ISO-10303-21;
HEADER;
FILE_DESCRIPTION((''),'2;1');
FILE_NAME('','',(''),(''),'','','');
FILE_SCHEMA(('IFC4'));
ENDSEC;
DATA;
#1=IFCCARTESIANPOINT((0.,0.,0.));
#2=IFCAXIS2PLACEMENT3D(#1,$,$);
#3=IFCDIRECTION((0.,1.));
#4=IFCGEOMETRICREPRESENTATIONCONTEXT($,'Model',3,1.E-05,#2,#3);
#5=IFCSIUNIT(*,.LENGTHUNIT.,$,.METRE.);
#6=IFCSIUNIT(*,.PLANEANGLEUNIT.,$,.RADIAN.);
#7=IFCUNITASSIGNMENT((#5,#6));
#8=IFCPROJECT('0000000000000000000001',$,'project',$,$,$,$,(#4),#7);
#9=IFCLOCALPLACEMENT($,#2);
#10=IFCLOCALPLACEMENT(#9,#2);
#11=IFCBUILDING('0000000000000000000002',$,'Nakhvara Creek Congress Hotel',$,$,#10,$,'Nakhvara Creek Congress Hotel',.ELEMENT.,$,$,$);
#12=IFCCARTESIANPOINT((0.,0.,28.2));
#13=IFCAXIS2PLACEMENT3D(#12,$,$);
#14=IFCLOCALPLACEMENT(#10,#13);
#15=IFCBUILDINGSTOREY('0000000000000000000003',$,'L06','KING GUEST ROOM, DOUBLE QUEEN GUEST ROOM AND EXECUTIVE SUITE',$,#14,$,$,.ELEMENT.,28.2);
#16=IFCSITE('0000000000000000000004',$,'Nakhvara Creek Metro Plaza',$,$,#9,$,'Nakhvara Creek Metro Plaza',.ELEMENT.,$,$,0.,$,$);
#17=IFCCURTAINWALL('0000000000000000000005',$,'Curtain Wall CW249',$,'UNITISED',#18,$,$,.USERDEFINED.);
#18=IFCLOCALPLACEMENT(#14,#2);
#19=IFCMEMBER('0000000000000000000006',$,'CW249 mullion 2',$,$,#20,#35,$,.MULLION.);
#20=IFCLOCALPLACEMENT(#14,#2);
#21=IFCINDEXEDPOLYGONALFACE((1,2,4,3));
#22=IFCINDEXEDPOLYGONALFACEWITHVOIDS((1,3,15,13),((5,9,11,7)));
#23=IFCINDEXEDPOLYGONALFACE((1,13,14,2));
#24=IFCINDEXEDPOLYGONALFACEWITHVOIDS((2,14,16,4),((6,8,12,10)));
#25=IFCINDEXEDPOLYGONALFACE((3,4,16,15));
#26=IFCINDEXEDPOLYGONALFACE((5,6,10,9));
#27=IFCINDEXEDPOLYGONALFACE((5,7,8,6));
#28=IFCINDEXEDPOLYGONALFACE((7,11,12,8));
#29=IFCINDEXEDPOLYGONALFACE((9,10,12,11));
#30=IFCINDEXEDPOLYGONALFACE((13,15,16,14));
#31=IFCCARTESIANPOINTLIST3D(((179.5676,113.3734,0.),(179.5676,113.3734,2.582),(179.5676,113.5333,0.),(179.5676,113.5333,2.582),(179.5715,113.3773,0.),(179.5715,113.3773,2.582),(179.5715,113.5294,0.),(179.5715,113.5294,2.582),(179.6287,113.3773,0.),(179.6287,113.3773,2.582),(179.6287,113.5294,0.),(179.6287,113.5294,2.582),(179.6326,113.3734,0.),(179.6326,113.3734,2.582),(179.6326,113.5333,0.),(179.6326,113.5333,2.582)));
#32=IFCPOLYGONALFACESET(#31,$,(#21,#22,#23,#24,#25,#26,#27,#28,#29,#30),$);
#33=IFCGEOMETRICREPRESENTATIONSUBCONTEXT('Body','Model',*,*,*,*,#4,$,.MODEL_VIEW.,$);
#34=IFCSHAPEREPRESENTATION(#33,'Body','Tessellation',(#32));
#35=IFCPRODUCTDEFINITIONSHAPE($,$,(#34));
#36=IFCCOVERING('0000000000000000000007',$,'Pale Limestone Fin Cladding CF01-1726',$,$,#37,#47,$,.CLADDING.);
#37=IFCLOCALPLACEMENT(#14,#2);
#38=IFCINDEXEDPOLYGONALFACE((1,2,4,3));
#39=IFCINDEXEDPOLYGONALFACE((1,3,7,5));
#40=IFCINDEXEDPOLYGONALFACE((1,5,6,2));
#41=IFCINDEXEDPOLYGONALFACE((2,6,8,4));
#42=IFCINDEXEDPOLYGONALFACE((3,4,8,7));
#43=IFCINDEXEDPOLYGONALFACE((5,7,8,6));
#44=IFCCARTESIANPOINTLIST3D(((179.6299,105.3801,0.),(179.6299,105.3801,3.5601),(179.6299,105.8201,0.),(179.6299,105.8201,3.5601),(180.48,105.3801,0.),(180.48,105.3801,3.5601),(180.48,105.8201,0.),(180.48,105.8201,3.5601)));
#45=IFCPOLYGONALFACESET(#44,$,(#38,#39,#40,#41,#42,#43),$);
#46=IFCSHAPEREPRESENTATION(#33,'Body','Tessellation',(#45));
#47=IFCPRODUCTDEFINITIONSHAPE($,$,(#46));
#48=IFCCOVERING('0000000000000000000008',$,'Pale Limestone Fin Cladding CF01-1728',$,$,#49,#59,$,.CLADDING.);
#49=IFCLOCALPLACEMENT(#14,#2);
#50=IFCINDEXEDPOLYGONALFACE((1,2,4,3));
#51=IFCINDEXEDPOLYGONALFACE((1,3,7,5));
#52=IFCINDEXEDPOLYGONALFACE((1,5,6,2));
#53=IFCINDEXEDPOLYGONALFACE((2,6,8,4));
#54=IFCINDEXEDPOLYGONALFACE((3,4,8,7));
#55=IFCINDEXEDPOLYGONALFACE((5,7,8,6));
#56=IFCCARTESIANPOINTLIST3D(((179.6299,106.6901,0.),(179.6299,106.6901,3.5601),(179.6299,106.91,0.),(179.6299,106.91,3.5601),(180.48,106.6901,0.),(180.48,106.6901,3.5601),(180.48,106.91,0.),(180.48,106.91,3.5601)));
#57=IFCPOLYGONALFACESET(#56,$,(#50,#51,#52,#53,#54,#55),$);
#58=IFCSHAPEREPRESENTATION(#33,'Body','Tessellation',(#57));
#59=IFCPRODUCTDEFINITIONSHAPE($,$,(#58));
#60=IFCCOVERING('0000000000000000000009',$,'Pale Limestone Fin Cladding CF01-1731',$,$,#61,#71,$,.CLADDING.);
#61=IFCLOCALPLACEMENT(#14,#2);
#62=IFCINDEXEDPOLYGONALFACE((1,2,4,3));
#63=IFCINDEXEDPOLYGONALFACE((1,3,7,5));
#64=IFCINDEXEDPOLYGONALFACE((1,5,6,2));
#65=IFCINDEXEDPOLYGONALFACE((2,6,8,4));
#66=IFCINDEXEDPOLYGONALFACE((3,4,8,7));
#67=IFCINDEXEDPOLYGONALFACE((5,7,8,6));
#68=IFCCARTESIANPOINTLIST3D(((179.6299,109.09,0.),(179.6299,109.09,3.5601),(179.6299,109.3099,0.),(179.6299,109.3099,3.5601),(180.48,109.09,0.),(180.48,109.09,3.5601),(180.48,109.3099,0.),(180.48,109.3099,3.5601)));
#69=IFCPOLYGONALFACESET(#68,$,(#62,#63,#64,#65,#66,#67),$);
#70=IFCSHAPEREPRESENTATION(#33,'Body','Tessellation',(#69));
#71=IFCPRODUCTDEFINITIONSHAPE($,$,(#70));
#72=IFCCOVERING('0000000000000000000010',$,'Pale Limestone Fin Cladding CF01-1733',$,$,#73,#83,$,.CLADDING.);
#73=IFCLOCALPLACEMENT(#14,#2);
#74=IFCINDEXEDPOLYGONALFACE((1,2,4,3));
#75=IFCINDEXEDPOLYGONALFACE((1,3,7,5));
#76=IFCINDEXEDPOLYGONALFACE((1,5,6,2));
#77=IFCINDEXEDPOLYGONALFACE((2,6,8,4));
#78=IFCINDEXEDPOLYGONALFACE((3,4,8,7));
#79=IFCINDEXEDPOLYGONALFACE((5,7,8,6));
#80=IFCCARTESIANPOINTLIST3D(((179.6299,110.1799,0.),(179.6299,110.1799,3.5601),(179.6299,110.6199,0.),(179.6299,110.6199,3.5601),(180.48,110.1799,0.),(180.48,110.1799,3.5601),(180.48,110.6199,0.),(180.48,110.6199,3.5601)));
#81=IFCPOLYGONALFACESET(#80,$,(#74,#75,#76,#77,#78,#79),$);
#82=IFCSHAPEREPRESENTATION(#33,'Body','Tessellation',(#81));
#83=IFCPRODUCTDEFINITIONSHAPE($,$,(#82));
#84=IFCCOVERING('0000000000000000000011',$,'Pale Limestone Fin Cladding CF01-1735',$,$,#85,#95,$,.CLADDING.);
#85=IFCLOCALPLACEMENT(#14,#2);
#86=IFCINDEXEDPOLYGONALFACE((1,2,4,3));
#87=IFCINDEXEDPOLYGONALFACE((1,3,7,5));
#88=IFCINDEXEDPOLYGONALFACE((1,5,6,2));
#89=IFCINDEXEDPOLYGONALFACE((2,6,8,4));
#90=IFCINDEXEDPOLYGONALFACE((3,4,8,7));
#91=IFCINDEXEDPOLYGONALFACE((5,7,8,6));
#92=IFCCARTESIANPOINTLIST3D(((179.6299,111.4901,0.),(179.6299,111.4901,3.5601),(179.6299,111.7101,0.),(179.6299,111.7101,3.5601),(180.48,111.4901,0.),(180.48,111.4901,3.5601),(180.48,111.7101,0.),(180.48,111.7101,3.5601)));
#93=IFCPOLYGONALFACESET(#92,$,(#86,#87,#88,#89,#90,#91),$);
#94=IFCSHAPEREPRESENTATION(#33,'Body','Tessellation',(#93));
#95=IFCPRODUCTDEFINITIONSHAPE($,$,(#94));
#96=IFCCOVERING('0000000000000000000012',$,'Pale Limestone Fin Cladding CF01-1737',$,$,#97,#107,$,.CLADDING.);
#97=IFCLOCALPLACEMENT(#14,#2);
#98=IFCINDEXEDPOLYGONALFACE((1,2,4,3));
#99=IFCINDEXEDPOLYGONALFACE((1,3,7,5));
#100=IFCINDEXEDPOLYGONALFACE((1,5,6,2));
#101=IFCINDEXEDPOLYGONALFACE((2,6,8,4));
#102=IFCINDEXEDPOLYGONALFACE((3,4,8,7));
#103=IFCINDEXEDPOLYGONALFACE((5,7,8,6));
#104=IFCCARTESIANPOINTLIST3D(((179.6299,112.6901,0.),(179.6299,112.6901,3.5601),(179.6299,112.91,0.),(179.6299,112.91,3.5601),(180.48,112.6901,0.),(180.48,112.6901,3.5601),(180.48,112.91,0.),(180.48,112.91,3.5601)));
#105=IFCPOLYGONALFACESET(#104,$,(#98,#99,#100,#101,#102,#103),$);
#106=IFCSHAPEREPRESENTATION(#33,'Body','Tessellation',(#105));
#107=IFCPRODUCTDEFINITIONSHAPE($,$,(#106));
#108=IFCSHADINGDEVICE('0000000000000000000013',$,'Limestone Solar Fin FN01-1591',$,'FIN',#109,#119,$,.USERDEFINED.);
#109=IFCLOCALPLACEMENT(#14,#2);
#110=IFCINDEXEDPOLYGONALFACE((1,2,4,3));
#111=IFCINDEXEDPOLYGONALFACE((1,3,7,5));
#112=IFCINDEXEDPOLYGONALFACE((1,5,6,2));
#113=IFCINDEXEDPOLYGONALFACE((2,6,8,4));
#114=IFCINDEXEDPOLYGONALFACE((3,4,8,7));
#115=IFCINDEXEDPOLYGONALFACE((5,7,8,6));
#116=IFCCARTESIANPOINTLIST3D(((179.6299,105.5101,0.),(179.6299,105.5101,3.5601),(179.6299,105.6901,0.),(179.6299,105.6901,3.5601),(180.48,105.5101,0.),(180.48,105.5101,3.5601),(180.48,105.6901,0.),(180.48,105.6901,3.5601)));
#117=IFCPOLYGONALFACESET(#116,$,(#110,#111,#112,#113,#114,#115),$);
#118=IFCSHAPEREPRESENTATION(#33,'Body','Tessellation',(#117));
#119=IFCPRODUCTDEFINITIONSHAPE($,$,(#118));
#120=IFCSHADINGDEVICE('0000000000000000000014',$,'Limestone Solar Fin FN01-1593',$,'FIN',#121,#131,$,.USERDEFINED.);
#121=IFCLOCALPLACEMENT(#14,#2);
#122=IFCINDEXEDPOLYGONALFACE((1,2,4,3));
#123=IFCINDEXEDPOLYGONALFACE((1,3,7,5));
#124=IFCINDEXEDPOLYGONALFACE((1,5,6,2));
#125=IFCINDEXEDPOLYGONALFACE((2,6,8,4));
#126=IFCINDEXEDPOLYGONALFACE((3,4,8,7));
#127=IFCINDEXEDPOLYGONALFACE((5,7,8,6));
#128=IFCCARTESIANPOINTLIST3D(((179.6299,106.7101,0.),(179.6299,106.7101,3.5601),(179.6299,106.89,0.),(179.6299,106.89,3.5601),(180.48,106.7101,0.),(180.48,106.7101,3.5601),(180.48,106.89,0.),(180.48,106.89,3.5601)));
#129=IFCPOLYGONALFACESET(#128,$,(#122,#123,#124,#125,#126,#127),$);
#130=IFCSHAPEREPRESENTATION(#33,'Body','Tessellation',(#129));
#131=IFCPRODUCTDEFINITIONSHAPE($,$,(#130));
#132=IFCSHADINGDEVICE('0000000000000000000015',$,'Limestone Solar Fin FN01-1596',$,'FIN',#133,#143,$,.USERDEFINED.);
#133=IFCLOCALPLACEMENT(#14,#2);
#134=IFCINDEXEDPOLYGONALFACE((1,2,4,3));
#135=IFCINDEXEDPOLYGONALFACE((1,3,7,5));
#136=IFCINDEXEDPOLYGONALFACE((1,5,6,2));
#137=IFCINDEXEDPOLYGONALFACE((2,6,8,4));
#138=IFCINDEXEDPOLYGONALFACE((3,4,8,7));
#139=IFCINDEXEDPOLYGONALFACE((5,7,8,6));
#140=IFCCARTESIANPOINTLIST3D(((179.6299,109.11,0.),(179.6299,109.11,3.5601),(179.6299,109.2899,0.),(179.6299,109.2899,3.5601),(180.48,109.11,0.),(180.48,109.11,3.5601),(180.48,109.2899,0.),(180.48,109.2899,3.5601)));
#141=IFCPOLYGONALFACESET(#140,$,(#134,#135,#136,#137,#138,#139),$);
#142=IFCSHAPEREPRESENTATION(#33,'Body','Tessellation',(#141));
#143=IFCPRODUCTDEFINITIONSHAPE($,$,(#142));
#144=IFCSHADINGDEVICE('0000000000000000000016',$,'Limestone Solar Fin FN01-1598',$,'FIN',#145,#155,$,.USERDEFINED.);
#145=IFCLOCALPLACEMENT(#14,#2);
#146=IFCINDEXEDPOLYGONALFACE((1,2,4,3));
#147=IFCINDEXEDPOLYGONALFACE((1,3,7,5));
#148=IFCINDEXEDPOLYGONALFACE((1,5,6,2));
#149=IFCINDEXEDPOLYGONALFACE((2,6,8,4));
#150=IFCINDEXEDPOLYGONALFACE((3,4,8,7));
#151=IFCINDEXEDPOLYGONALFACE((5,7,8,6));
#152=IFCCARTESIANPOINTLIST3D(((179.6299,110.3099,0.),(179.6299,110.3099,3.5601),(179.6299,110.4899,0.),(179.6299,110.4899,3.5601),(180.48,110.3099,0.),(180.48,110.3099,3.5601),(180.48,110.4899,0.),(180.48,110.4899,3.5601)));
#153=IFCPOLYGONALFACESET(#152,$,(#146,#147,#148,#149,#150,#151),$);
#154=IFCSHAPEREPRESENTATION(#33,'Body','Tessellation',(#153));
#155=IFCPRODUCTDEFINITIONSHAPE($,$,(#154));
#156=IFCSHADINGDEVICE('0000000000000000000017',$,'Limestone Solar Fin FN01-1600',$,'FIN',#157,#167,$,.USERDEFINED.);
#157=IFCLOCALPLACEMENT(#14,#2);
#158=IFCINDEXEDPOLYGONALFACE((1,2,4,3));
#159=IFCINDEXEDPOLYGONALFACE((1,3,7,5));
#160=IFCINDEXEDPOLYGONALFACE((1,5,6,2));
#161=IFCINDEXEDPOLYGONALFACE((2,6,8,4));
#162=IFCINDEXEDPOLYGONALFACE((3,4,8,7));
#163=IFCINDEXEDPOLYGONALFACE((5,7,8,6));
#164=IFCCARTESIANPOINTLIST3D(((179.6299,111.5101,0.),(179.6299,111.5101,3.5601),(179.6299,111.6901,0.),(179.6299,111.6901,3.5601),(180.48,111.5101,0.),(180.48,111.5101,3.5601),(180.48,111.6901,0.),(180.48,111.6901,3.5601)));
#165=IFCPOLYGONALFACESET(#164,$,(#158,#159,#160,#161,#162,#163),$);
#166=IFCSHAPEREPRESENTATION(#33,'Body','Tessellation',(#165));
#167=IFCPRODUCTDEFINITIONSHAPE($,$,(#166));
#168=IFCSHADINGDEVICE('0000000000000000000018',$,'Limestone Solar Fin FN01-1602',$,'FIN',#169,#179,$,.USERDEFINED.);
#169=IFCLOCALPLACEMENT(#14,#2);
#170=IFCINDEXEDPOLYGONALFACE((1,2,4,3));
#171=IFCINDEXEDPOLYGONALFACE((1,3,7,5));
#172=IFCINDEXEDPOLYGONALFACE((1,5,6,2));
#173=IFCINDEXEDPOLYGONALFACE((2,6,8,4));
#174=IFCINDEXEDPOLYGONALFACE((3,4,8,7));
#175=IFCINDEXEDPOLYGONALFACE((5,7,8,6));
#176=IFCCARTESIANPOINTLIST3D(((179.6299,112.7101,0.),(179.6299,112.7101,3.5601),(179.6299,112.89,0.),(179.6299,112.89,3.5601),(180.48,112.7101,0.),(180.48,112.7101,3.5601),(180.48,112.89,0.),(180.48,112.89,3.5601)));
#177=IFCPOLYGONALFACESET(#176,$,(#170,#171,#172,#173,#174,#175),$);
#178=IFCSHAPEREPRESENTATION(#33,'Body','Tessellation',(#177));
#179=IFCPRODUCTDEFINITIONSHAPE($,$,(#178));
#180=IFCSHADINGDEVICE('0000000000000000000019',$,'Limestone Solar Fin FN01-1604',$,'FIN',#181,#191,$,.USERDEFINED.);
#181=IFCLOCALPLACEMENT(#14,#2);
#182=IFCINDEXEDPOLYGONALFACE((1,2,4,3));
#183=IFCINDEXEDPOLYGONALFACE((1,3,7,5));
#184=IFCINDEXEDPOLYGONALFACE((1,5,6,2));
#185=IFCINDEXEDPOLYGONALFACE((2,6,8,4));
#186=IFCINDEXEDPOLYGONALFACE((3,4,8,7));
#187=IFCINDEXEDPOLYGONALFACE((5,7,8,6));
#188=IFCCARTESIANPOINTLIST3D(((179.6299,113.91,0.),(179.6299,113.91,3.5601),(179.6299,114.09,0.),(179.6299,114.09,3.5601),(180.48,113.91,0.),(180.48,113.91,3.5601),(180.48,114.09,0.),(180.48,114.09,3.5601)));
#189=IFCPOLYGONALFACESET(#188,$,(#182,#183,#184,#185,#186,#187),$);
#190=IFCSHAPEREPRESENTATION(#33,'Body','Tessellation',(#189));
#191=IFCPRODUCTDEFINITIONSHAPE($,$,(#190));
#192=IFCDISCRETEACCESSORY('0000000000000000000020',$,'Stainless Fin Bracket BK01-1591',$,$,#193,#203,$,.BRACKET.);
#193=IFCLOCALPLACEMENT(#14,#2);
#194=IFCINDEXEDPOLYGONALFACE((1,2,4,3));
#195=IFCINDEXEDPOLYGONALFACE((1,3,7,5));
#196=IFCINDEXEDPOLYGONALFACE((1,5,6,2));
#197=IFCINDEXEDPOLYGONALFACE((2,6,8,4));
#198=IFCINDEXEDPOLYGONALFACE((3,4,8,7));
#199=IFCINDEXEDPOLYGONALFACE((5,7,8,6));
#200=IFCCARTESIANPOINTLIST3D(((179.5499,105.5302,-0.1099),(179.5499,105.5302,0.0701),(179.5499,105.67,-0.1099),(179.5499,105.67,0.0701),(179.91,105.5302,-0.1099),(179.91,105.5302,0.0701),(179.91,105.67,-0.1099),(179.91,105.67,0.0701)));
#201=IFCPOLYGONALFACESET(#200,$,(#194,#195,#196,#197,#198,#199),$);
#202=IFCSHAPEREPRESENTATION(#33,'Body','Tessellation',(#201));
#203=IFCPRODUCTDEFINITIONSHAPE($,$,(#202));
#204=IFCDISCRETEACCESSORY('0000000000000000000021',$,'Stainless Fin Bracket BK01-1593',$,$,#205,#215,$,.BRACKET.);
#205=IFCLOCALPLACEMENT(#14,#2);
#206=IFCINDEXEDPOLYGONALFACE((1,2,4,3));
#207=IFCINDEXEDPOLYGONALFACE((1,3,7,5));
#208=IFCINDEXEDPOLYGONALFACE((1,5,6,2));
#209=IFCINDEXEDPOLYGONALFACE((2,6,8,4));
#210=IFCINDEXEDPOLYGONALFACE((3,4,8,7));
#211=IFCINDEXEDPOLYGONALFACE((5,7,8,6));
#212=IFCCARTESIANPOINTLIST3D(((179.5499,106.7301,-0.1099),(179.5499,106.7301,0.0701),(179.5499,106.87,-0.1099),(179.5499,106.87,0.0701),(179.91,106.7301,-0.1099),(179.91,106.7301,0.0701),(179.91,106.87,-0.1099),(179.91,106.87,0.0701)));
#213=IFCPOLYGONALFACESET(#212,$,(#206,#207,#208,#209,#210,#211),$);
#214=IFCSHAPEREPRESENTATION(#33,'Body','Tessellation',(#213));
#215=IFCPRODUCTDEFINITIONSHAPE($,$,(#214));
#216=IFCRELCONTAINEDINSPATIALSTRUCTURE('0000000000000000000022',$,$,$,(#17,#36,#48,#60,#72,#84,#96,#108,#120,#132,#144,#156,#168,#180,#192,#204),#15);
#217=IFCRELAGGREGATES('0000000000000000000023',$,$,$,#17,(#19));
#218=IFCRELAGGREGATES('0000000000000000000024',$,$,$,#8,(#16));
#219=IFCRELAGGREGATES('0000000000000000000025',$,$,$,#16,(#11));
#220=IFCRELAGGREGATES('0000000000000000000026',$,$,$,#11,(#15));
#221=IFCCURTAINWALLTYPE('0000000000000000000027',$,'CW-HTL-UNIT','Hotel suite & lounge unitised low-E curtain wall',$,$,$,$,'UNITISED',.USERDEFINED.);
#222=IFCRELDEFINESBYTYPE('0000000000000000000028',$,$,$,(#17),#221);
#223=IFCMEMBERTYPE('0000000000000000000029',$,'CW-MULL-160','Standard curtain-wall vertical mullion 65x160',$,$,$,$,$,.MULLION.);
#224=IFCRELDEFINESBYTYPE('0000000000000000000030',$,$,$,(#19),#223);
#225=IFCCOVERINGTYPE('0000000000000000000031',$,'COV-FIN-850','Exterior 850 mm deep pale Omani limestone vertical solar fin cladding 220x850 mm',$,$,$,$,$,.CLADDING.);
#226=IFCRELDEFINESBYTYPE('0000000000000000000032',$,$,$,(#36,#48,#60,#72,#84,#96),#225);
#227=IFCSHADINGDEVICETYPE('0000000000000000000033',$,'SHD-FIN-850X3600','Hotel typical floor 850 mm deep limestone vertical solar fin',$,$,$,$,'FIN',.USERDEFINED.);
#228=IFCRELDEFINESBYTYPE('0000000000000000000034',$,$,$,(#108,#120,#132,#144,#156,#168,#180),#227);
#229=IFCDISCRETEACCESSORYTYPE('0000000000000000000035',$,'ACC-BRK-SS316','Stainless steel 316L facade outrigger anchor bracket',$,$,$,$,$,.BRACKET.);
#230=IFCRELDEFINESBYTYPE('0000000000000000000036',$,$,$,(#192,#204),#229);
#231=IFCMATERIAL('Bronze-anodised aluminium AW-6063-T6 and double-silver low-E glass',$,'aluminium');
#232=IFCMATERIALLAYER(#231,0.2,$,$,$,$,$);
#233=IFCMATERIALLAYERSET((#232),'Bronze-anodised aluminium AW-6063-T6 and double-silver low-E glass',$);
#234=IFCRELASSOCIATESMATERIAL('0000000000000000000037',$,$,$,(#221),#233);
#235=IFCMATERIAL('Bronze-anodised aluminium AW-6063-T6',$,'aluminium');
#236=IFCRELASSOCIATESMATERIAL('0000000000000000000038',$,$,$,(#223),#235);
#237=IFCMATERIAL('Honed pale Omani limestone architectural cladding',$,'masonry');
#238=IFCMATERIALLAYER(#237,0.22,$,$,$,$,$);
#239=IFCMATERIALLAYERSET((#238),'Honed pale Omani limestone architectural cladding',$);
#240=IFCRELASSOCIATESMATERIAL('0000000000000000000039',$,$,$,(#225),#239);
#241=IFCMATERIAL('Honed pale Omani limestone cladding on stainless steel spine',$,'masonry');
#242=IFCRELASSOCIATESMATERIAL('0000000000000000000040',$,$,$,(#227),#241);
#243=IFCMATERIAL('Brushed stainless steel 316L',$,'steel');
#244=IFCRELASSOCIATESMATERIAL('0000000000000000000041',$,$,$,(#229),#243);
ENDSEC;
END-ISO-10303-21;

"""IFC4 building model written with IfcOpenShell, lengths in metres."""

from ifc_helpers import new_model, si_unit, direction, frame, origin, origin_2d, place, context, subcontext, project, spatial, rectangle, hollow_rectangle, extrude, material, layer, layer_set, material_profile, profile_set, type_object, element, aggregate, save


model = new_model("IFC4")

# Units and contexts
model_context = context("Model", 3, precision=1e-05, world=origin(), true_north=direction((0.0, 1.0)))
body_context = subcontext(model_context, "Body", "Model", "MODEL_VIEW")
ifc_project = project(units=[si_unit("LENGTHUNIT", "METRE"), si_unit("PLANEANGLEUNIT", "RADIAN")], contexts=[model_context])

# Site, building, storey
site_placement = place(None, origin())
site = spatial("IfcSite", under=ifc_project, at=site_placement, Name="Nakhvara Creek Metro Plaza", LongName="Nakhvara Creek Metro Plaza", CompositionType="ELEMENT", RefElevation=0.0)
building_placement = place(site_placement, origin())
building = spatial("IfcBuilding", under=site, at=building_placement, Name="Nakhvara Creek Congress Hotel", LongName="Nakhvara Creek Congress Hotel", CompositionType="ELEMENT")
storey_placement = place(building_placement, frame((0.0, 0.0, 28.2)))
storey = spatial("IfcBuildingStorey", under=building, at=storey_placement, Name="L06", Description="KING GUEST ROOM, DOUBLE QUEEN GUEST ROOM AND EXECUTIVE SUITE", CompositionType="ELEMENT", Elevation=28.2)

# Curtain wall, member
ifc_material_1 = material(Name="Bronze-anodised aluminium AW-6063-T6 and double-silver low-E glass", Category="aluminium")
ifc_layer_1 = layer(ifc_material_1, 0.2)
ifc_layer_set_1 = layer_set([ifc_layer_1], Name="Bronze-anodised aluminium AW-6063-T6 and double-silver low-E glass")
curtain_wall_type = type_object("IfcCurtainWallType", Name="CW-HTL-UNIT", Description="Hotel suite & lounge unitised low-E curtain wall", ElementType="UNITISED", PredefinedType="USERDEFINED", material=ifc_layer_set_1)
curtain_wall_placement = place(storey_placement, origin())
curtain_wall = element("IfcCurtainWall", 1, at=curtain_wall_placement, inside=storey, type_object=curtain_wall_type, Name="Curtain Wall CW249", ObjectType="UNITISED", PredefinedType="USERDEFINED")
ifc_material_2 = material(Name="Bronze-anodised aluminium AW-6063-T6", Category="aluminium")
ifc_material_profile = material_profile(ifc_material_2, hollow_rectangle(XDim=0.0649, YDim=0.1599, WallThickness=0.0039, at=origin_2d()), Name="ALU-MULL 65x160x4", Category="LoadBearing")
ifc_profile_set = profile_set([ifc_material_profile], Name="Bronze-anodised aluminium AW-6063-T6")
member_type = type_object("IfcMemberType", Name="CW-MULL-160", Description="Standard curtain-wall vertical mullion 65x160", PredefinedType="MULLION", material=ifc_profile_set)
member_placement = place(storey_placement, frame((179.6001, 113.4534, 0.0), z_axis=(0.0, 0.0, 1.0), x_axis=(1.0, 0.0, 0.0)))
member = element("IfcMember", 2, at=member_placement, type_object=member_type, Name="CW249 mullion 2", PredefinedType="MULLION", context=body_context, shape_type="SweptSolid", body=[
    extrude(hollow_rectangle(XDim=0.0649, YDim=0.1599, WallThickness=0.0039, at=origin_2d()), origin(), (0.0, 0.0, 1.0), 2.582),
])
aggregate(curtain_wall, [member])

# Coverings
ifc_material_3 = material(Name="Honed pale Omani limestone architectural cladding", Category="masonry")
ifc_layer_2 = layer(ifc_material_3, 0.22)
ifc_layer_set_2 = layer_set([ifc_layer_2], Name="Honed pale Omani limestone architectural cladding")
covering_type = type_object("IfcCoveringType", Name="COV-FIN-850", Description="Exterior 850 mm deep pale Omani limestone vertical solar fin cladding 220x850 mm", PredefinedType="CLADDING", material=ifc_layer_set_2)
covering_1_placement = place(storey_placement, frame((180.0549, 105.6001, 0.0), z_axis=(0.0, 0.0, 1.0), x_axis=(0.0, 1.0, 0.0)))
element("IfcCovering", 3, at=covering_1_placement, inside=storey, type_object=covering_type, Name="Pale Limestone Fin Cladding CF01-1726", PredefinedType="CLADDING", context=body_context, shape_type="SweptSolid", body=[
    extrude(rectangle(XDim=0.4399, YDim=0.8501, at=origin_2d()), origin(), (0.0, 0.0, 1.0), 3.5601),
])
for number, where, z_axis, x_axis, name in (
    (4, (180.0549, 106.8, 0.0), (0.0, 0.0, 1.0), (0.0, 1.0, 0.0), "Pale Limestone Fin Cladding CF01-1728"),
    (5, (180.0549, 109.2, 0.0), (0.0, 0.0, 1.0), (0.0, 1.0, 0.0), "Pale Limestone Fin Cladding CF01-1731"),
):
    element("IfcCovering", number, at=place(storey_placement, frame(where, z_axis=z_axis, x_axis=x_axis)), inside=storey, type_object=covering_type, Name=name, PredefinedType="CLADDING", context=body_context, shape_type="SweptSolid", body=[
        extrude(rectangle(XDim=0.22, YDim=0.8501, at=origin_2d()), origin(), (0.0, 0.0, 1.0), 3.5601),
    ])
covering_2_placement = place(storey_placement, frame((180.0549, 110.3999, 0.0), z_axis=(0.0, 0.0, 1.0), x_axis=(0.0, 1.0, 0.0)))
element("IfcCovering", 6, at=covering_2_placement, inside=storey, type_object=covering_type, Name="Pale Limestone Fin Cladding CF01-1733", PredefinedType="CLADDING", context=body_context, shape_type="SweptSolid", body=[
    extrude(rectangle(XDim=0.4399, YDim=0.8501, at=origin_2d()), origin(), (0.0, 0.0, 1.0), 3.5601),
])
for number, where, z_axis, x_axis, name in (
    (7, (180.0549, 111.6001, 0.0), (0.0, 0.0, 1.0), (0.0, 1.0, 0.0), "Pale Limestone Fin Cladding CF01-1735"),
    (8, (180.0549, 112.8, 0.0), (0.0, 0.0, 1.0), (0.0, 1.0, 0.0), "Pale Limestone Fin Cladding CF01-1737"),
):
    element("IfcCovering", number, at=place(storey_placement, frame(where, z_axis=z_axis, x_axis=x_axis)), inside=storey, type_object=covering_type, Name=name, PredefinedType="CLADDING", context=body_context, shape_type="SweptSolid", body=[
        extrude(rectangle(XDim=0.22, YDim=0.8501, at=origin_2d()), origin(), (0.0, 0.0, 1.0), 3.5601),
    ])

# Shading devices
ifc_material_4 = material(Name="Honed pale Omani limestone cladding on stainless steel spine", Category="masonry")
shading_device_type = type_object("IfcShadingDeviceType", Name="SHD-FIN-850X3600", Description="Hotel typical floor 850 mm deep limestone vertical solar fin", ElementType="FIN", PredefinedType="USERDEFINED", material=ifc_material_4)
for number, where, z_axis, x_axis, name in (
    (9, (180.0549, 105.6001, 0.0), (0.0, 0.0, 1.0), (0.0, 1.0, 0.0), "Limestone Solar Fin FN01-1591"),
    (10, (180.0549, 106.8, 0.0), (0.0, 0.0, 1.0), (0.0, 1.0, 0.0), "Limestone Solar Fin FN01-1593"),
    (11, (180.0549, 109.2, 0.0), (0.0, 0.0, 1.0), (0.0, 1.0, 0.0), "Limestone Solar Fin FN01-1596"),
    (12, (180.0549, 110.3999, 0.0), (0.0, 0.0, 1.0), (0.0, 1.0, 0.0), "Limestone Solar Fin FN01-1598"),
    (13, (180.0549, 111.6001, 0.0), (0.0, 0.0, 1.0), (0.0, 1.0, 0.0), "Limestone Solar Fin FN01-1600"),
    (14, (180.0549, 112.8, 0.0), (0.0, 0.0, 1.0), (0.0, 1.0, 0.0), "Limestone Solar Fin FN01-1602"),
    (15, (180.0549, 114.0, 0.0), (0.0, 0.0, 1.0), (0.0, 1.0, 0.0), "Limestone Solar Fin FN01-1604"),
):
    element("IfcShadingDevice", number, at=place(storey_placement, frame(where, z_axis=z_axis, x_axis=x_axis)), inside=storey, type_object=shading_device_type, Name=name, ObjectType="FIN", PredefinedType="USERDEFINED", context=body_context, shape_type="SweptSolid", body=[
        extrude(rectangle(XDim=0.1799, YDim=0.8501, at=origin_2d()), origin(), (0.0, 0.0, 1.0), 3.5601),
    ])

# Discrete accessories
ifc_material_5 = material(Name="Brushed stainless steel 316L", Category="steel")
discrete_accessory_type = type_object("IfcDiscreteAccessoryType", Name="ACC-BRK-SS316", Description="Stainless steel 316L facade outrigger anchor bracket", PredefinedType="BRACKET", material=ifc_material_5)
for number, where, z_axis, x_axis, name in (
    (16, (179.73, 105.6001, -0.1099), (0.0, 0.0, 1.0), (0.0, 1.0, 0.0), "Stainless Fin Bracket BK01-1591"),
    (17, (179.73, 106.8, -0.1099), (0.0, 0.0, 1.0), (0.0, 1.0, 0.0), "Stainless Fin Bracket BK01-1593"),
):
    element("IfcDiscreteAccessory", number, at=place(storey_placement, frame(where, z_axis=z_axis, x_axis=x_axis)), inside=storey, type_object=discrete_accessory_type, Name=name, PredefinedType="BRACKET", context=body_context, shape_type="SweptSolid", body=[
        extrude(rectangle(XDim=0.1399, YDim=0.3601, at=origin_2d()), origin(), (0.0, 0.0, 1.0), 0.1799),
    ])

save(model, "model.ifc")
